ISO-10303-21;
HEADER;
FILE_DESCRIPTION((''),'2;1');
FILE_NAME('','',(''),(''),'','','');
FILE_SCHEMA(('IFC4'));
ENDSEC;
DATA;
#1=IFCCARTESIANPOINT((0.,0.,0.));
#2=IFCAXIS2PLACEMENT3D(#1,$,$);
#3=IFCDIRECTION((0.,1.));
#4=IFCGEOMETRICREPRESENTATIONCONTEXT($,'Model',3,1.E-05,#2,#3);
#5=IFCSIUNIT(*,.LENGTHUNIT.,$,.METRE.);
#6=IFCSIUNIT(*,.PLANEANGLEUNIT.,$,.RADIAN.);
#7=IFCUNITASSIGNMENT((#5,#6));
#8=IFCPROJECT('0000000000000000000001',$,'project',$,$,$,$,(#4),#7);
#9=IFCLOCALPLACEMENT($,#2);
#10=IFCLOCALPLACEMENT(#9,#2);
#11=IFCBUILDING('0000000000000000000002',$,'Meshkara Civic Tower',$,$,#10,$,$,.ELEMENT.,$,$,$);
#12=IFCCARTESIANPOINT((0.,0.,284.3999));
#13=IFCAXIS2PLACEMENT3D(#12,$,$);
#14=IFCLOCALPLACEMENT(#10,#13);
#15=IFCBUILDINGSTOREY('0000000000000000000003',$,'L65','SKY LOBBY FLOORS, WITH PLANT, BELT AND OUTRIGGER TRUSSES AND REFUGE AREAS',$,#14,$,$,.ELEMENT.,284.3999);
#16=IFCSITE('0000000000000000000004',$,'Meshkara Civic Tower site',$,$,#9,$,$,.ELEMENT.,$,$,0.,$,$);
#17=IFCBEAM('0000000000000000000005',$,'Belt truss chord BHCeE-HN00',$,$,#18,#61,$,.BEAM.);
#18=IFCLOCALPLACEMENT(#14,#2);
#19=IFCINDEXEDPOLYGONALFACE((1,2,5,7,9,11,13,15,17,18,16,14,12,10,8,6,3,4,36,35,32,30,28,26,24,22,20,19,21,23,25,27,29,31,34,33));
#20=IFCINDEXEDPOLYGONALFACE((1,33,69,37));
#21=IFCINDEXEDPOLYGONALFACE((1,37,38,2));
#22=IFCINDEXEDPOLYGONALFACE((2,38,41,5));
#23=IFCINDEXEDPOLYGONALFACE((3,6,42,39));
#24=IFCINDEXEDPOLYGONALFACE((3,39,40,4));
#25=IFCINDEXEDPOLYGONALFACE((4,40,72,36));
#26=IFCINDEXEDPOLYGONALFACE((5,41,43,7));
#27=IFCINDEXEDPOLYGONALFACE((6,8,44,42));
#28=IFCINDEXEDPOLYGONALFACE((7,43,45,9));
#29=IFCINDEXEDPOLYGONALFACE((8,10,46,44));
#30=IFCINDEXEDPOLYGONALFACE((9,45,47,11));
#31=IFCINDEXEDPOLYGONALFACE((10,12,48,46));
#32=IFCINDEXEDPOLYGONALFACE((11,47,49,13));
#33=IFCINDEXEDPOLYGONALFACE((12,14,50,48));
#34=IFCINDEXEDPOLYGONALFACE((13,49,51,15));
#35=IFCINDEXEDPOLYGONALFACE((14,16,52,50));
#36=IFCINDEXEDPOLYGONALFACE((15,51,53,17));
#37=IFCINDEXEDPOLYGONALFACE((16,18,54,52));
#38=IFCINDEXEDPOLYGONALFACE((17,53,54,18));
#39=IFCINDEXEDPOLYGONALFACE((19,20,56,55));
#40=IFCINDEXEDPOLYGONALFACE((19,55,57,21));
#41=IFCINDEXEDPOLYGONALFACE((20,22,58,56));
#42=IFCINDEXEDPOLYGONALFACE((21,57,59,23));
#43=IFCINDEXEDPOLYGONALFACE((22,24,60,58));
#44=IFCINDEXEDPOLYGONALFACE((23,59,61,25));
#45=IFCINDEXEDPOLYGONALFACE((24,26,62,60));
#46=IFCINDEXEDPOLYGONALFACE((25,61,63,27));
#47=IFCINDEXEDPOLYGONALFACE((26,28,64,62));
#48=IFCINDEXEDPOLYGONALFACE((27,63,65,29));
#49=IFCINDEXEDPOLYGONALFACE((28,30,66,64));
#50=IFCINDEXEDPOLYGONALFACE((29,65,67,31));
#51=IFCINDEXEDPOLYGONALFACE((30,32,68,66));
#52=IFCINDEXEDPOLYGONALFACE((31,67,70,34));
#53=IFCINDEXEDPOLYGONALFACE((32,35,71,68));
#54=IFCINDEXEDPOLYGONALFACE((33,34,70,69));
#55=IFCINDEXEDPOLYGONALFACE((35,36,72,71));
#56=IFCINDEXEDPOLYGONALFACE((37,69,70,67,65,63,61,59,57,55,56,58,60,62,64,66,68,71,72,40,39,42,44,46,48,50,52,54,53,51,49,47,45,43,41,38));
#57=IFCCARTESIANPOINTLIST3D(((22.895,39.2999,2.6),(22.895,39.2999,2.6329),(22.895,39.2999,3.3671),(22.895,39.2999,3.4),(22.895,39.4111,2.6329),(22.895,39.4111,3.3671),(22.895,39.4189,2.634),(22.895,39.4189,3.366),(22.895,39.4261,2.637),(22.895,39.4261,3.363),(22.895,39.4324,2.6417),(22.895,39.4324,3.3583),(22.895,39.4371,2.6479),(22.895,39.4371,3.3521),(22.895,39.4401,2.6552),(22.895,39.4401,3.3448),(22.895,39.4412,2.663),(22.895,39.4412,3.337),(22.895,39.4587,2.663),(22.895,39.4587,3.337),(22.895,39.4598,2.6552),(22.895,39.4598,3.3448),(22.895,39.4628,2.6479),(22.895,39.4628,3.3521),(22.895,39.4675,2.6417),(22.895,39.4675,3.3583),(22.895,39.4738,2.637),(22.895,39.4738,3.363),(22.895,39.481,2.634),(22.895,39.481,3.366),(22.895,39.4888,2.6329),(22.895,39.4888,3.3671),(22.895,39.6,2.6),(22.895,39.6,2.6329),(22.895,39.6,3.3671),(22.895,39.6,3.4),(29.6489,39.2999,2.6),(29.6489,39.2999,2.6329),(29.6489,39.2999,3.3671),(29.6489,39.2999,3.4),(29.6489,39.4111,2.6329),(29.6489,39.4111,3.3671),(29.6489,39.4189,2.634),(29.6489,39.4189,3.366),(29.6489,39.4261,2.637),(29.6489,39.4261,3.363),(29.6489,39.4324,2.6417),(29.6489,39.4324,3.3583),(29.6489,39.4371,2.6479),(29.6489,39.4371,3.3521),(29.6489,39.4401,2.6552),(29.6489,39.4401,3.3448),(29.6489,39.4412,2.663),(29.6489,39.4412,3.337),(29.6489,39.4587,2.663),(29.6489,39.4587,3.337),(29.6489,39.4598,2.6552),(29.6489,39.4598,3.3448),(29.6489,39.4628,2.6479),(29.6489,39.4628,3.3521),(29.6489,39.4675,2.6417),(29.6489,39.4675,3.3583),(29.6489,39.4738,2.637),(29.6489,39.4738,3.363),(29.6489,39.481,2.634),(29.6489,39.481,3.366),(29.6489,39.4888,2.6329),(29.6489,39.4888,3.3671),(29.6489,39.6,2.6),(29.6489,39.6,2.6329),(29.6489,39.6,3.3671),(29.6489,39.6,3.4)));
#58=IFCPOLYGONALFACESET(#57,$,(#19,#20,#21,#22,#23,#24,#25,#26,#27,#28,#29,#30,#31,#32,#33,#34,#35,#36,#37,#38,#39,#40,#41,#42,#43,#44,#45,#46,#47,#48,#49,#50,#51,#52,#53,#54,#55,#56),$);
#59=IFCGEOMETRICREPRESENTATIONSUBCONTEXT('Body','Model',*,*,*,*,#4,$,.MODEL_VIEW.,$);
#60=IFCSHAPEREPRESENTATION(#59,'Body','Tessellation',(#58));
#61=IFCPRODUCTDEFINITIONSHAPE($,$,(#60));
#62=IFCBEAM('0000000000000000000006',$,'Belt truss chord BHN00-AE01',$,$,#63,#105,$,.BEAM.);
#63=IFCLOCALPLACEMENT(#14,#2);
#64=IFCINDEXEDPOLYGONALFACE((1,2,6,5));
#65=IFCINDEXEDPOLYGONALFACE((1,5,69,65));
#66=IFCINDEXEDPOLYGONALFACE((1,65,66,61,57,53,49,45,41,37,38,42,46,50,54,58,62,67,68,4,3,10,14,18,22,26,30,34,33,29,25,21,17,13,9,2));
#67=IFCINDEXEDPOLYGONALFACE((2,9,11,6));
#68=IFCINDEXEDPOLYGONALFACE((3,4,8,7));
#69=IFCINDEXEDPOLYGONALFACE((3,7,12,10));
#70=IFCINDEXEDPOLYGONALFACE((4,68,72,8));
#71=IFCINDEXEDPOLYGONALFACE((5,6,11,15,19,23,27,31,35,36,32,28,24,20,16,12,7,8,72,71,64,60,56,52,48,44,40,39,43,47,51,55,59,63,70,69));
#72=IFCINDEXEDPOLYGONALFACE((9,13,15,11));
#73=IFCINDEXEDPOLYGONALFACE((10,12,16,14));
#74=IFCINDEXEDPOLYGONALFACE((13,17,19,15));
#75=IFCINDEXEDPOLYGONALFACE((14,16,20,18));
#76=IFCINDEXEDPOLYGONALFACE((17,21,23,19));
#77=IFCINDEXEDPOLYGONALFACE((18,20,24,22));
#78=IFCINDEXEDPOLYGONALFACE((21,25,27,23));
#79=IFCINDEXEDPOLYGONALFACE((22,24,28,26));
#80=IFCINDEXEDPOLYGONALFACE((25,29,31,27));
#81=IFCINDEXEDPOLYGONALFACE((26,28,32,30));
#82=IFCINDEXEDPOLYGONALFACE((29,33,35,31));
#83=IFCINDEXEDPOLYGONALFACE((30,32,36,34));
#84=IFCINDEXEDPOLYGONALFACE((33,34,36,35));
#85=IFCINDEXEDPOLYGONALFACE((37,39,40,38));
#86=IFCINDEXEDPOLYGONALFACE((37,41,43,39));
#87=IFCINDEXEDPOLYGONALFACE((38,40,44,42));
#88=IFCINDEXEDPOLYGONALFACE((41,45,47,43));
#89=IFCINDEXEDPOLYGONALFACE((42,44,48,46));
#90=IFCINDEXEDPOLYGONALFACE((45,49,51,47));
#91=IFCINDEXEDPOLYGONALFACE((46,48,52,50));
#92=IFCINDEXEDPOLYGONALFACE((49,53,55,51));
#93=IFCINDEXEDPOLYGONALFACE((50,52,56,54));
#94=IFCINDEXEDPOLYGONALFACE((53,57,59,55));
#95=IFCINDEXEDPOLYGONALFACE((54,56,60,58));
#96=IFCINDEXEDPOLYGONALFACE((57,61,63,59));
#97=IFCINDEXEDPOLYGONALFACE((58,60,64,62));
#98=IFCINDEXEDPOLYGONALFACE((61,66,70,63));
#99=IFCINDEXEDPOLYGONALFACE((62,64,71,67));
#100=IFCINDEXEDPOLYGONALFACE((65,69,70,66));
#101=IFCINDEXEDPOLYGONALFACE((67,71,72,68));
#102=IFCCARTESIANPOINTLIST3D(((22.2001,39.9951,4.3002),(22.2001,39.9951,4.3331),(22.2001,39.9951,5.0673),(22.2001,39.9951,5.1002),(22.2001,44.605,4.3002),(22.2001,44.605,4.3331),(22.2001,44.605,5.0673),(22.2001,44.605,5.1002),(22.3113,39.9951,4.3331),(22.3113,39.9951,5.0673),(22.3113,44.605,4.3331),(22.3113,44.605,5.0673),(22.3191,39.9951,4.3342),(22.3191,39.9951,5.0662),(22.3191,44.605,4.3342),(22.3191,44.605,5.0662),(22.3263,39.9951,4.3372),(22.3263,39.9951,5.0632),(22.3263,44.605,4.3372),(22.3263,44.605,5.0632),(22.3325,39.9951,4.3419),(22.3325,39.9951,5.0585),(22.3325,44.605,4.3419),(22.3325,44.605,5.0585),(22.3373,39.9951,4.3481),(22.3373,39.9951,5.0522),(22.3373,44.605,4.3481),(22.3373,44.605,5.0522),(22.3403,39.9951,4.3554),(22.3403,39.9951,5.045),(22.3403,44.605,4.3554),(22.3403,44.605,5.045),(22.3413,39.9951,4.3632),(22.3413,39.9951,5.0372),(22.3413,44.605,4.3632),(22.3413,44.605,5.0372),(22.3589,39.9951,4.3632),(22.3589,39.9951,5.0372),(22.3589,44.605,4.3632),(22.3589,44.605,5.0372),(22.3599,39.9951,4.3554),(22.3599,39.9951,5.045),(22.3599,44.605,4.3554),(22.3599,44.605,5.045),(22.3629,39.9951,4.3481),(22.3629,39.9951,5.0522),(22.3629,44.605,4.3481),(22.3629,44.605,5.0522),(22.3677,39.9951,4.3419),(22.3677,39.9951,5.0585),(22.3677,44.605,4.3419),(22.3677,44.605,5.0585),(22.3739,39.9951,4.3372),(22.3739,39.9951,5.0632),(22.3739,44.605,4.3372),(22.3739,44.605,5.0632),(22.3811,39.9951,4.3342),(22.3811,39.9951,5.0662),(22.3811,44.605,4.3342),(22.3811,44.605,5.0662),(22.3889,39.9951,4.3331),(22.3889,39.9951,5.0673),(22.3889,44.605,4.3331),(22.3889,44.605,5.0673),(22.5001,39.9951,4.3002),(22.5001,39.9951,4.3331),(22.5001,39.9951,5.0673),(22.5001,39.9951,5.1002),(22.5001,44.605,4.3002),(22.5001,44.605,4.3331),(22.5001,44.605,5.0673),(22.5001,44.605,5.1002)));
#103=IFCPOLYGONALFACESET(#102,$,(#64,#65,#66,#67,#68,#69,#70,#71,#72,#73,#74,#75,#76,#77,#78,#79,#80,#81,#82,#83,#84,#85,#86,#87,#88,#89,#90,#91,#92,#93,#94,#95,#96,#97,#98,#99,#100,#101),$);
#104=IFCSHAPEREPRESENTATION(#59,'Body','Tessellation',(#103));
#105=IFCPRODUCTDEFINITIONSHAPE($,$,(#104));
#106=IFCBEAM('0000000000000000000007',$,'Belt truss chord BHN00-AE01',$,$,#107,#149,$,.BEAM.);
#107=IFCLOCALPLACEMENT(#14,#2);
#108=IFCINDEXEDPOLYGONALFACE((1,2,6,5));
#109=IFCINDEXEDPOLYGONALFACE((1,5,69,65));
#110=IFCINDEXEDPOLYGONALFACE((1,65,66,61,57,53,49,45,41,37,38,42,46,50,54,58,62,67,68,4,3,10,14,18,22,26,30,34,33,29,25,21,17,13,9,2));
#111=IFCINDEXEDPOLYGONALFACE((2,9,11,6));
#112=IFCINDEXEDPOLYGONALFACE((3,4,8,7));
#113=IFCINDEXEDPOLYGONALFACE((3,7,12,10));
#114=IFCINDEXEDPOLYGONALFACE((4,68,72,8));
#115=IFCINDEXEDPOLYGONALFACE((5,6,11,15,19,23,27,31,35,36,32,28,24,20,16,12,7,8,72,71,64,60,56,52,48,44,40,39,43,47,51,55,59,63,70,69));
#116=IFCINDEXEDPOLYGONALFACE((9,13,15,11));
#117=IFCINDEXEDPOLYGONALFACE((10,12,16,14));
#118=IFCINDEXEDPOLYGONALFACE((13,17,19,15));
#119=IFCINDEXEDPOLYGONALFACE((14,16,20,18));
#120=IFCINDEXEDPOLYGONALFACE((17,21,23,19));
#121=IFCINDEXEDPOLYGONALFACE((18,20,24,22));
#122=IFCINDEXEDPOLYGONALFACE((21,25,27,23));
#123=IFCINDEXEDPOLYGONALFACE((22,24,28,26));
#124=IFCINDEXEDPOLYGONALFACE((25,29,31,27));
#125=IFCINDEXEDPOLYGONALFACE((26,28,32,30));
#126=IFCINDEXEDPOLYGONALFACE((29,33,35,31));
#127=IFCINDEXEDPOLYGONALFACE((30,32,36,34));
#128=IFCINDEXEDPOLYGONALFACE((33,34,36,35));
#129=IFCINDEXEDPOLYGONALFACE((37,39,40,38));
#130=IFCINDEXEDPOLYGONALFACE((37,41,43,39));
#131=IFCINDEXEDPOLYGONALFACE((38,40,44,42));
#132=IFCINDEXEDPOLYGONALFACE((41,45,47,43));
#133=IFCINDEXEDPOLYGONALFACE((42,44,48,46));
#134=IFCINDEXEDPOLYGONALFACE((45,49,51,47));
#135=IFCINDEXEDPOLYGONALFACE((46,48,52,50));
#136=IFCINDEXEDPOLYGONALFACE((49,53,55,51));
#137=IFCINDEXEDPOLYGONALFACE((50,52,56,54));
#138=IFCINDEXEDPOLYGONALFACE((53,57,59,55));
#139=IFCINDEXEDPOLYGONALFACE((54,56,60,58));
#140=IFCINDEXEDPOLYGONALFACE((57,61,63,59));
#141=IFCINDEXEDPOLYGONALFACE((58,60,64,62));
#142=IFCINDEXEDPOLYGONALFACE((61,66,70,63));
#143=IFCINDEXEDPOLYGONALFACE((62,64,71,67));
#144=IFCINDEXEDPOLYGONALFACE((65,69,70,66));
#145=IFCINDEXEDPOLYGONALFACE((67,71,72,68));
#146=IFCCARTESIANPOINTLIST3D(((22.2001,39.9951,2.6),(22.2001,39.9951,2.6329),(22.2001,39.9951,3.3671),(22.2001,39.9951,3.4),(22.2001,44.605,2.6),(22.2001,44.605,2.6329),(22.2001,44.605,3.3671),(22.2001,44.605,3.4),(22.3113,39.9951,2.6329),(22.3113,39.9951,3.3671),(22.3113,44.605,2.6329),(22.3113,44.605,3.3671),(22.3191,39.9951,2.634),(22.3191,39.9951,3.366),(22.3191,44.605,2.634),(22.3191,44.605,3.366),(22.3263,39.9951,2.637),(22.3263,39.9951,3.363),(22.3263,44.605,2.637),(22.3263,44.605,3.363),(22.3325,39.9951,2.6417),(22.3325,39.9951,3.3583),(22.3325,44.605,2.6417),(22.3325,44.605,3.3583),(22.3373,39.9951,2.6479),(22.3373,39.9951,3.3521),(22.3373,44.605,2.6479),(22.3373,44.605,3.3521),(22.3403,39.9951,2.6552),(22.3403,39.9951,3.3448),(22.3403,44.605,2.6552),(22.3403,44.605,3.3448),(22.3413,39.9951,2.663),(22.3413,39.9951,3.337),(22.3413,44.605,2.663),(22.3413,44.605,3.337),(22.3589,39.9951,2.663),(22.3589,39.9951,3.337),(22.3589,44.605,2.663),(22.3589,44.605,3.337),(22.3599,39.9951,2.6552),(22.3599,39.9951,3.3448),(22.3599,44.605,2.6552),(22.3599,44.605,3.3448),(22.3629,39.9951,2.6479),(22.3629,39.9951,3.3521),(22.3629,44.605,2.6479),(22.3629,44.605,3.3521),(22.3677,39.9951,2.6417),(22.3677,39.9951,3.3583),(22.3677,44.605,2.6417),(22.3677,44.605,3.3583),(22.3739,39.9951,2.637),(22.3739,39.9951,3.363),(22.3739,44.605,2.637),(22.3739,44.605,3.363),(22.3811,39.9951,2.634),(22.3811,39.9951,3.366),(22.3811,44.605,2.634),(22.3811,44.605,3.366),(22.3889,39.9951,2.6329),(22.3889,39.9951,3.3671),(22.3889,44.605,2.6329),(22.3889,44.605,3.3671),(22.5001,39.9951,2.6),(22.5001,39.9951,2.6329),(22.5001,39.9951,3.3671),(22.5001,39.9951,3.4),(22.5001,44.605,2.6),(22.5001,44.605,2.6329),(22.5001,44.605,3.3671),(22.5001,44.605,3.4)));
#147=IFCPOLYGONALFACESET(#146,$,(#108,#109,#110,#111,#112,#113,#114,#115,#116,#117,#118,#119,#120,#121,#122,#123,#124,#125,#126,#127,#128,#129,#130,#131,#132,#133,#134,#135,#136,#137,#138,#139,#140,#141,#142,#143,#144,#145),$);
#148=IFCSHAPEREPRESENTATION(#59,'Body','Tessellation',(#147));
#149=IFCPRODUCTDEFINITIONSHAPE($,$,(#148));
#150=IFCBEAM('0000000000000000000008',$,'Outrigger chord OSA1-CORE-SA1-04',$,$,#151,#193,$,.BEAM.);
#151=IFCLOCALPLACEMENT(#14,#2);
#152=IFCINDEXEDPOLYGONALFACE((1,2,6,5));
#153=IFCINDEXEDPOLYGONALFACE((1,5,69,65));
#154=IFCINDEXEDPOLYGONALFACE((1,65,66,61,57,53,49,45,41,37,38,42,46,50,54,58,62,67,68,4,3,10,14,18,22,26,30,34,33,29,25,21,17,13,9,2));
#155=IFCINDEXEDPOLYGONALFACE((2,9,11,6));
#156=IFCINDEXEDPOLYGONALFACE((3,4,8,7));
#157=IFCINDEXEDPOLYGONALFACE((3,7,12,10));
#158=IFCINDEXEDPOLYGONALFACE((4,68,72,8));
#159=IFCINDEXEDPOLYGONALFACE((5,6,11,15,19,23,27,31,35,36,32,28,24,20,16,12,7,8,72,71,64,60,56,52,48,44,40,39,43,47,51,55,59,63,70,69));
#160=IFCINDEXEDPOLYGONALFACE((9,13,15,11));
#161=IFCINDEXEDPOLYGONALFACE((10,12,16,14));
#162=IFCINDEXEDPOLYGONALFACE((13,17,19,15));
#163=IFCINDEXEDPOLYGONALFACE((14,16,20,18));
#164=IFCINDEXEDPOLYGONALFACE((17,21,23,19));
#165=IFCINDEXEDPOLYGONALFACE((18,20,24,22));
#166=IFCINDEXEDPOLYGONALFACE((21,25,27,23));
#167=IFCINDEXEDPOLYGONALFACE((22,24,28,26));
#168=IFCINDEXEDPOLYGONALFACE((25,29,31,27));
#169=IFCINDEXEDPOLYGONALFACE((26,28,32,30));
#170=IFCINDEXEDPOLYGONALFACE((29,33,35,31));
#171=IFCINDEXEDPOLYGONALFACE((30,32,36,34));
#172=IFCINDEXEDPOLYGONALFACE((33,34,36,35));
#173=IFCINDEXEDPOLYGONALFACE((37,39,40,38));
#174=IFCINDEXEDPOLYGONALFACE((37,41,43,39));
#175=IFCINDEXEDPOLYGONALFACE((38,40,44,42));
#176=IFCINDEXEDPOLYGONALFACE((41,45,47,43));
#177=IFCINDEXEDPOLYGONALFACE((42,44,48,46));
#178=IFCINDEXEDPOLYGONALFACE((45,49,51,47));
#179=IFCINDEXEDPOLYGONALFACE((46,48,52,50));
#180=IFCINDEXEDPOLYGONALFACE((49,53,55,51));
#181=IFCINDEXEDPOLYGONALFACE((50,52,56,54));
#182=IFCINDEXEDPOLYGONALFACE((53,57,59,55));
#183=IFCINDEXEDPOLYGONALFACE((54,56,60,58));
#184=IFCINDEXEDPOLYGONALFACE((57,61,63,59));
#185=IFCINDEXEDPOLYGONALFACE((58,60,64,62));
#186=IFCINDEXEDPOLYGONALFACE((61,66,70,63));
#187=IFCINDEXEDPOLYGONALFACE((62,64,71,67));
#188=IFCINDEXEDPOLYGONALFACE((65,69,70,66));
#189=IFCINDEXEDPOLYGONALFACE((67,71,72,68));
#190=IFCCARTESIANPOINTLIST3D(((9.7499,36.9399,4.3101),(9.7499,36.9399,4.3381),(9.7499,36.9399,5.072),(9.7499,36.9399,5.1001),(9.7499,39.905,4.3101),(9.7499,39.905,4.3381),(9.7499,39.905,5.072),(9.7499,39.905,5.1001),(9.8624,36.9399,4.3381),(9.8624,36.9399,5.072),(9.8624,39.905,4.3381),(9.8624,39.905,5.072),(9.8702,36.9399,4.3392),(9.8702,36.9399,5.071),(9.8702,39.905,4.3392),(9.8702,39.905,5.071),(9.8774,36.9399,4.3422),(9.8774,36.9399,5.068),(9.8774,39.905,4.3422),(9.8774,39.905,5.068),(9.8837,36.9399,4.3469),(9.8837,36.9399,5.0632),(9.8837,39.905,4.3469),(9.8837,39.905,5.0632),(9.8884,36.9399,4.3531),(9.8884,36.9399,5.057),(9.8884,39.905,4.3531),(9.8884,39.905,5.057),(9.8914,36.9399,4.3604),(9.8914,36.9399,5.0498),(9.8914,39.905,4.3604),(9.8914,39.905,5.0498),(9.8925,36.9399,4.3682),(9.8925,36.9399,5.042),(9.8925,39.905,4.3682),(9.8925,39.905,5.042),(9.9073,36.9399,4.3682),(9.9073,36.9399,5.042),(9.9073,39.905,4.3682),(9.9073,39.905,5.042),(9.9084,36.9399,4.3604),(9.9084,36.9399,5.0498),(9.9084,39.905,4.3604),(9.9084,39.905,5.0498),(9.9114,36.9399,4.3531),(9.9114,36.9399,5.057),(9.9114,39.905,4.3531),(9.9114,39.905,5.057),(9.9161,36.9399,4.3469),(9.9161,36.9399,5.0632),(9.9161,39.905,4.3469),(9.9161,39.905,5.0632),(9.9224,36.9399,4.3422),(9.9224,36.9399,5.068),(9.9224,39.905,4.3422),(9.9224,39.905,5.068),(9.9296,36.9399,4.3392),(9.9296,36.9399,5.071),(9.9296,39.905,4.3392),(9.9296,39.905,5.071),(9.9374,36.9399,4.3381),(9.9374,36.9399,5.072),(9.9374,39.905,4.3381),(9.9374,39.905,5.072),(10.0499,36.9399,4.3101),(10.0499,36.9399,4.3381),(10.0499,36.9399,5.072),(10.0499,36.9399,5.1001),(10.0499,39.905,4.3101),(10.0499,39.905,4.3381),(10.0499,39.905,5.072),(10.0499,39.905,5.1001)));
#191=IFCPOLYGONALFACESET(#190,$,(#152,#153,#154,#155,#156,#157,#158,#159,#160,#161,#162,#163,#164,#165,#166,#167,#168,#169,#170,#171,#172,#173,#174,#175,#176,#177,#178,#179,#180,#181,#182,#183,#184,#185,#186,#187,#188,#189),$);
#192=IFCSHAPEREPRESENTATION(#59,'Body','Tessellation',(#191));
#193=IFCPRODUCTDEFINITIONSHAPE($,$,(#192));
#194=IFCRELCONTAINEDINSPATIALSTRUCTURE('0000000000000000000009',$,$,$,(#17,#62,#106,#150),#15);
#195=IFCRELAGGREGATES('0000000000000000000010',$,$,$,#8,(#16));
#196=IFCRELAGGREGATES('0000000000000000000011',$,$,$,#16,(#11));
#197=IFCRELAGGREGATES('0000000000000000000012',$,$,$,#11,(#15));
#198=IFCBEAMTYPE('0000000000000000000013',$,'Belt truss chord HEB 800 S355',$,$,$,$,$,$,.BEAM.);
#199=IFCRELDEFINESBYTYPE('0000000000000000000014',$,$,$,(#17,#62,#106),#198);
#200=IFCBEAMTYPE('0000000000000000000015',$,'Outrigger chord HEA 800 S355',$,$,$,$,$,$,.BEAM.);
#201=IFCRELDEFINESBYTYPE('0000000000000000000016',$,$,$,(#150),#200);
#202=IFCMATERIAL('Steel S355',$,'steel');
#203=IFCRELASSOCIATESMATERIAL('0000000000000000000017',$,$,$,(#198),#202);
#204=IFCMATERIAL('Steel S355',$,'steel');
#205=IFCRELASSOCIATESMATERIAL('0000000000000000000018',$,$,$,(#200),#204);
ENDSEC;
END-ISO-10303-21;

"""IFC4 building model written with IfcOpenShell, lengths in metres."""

from ifc_helpers import new_model, si_unit, direction, frame, origin, origin_2d, place, context, subcontext, project, spatial, i_section, extrude, material, material_profile, profile_set, type_object, element, save


model = new_model("IFC4")

# Units and contexts
model_context = context("Model", 3, precision=1e-05, world=origin(), true_north=direction((0.0, 1.0)))
body_context = subcontext(model_context, "Body", "Model", "MODEL_VIEW")
ifc_project = project(units=[si_unit("LENGTHUNIT", "METRE"), si_unit("PLANEANGLEUNIT", "RADIAN")], contexts=[model_context])

# Site, building, storey
site_placement = place(None, origin())
site = spatial("IfcSite", under=ifc_project, at=site_placement, Name="Meshkara Civic Tower site", CompositionType="ELEMENT", RefElevation=0.0)
building_placement = place(site_placement, origin())
building = spatial("IfcBuilding", under=site, at=building_placement, Name="Meshkara Civic Tower", CompositionType="ELEMENT")
storey_placement = place(building_placement, frame((0.0, 0.0, 284.3999)))
storey = spatial("IfcBuildingStorey", under=building, at=storey_placement, Name="L65", Description="SKY LOBBY FLOORS, WITH PLANT, BELT AND OUTRIGGER TRUSSES AND REFUGE AREAS", CompositionType="ELEMENT", Elevation=284.3999)

# Beams
ifc_material_1 = material(Name="Steel S355", Category="steel")
ifc_material_profile_1 = material_profile(ifc_material_1, i_section(OverallWidth=0.3, OverallDepth=0.8, WebThickness=0.0176, FlangeThickness=0.033, FilletRadius=0.03, at=origin_2d()))
ifc_profile_set_1 = profile_set([ifc_material_profile_1], Name="Steel S355")
beam_type_1 = type_object("IfcBeamType", Name="Belt truss chord HEB 800 S355", PredefinedType="BEAM", material=ifc_profile_set_1)
for number, where, z_axis, x_axis, name in (
    (1, (29.6489, 39.45, 3.0), (-1.0, 0.0, 0.0), (0.0, -1.0, 0.0), "Belt truss chord BHCeE-HN00"),
):
    element("IfcBeam", number, at=place(storey_placement, frame(where, z_axis=z_axis, x_axis=x_axis)), inside=storey, type_object=beam_type_1, Name=name, PredefinedType="BEAM", context=body_context, shape_type="SweptSolid", body=[
        extrude(i_section(OverallWidth=0.3, OverallDepth=0.8, WebThickness=0.0176, FlangeThickness=0.033, FilletRadius=0.03, at=origin_2d()), origin(), (0.0, 0.0, 1.0), 6.7539),
    ])
for number, where, z_axis, x_axis, name in (
    (2, (22.3501, 39.9951, 4.7002), (0.0, 1.0, 0.0), (-1.0, 0.0, 0.0), "Belt truss chord BHN00-AE01"),
    (3, (22.3501, 39.9951, 3.0), (0.0, 1.0, 0.0), (-1.0, 0.0, 0.0), "Belt truss chord BHN00-AE01"),
):
    element("IfcBeam", number, at=place(storey_placement, frame(where, z_axis=z_axis, x_axis=x_axis)), inside=storey, type_object=beam_type_1, Name=name, PredefinedType="BEAM", context=body_context, shape_type="SweptSolid", body=[
        extrude(i_section(OverallWidth=0.3, OverallDepth=0.8, WebThickness=0.0176, FlangeThickness=0.033, FilletRadius=0.03, at=origin_2d()), origin(), (0.0, 0.0, 1.0), 4.6099),
    ])
ifc_material_2 = material(Name="Steel S355", Category="steel")
ifc_material_profile_2 = material_profile(ifc_material_2, i_section(OverallWidth=0.3, OverallDepth=0.79, WebThickness=0.0149, FlangeThickness=0.0281, FilletRadius=0.03, at=origin_2d()))
ifc_profile_set_2 = profile_set([ifc_material_profile_2], Name="Steel S355")
beam_type_2 = type_object("IfcBeamType", Name="Outrigger chord HEA 800 S355", PredefinedType="BEAM", material=ifc_profile_set_2)
for number, where, z_axis, x_axis, name in (
    (4, (9.8999, 36.9399, 4.7051), (0.0, 1.0, 0.0), (-1.0, 0.0, 0.0), "Outrigger chord OSA1-CORE-SA1-04"),
):
    element("IfcBeam", number, at=place(storey_placement, frame(where, z_axis=z_axis, x_axis=x_axis)), inside=storey, type_object=beam_type_2, Name=name, PredefinedType="BEAM", context=body_context, shape_type="SweptSolid", body=[
        extrude(i_section(OverallWidth=0.3, OverallDepth=0.79, WebThickness=0.0149, FlangeThickness=0.0281, FilletRadius=0.03, at=origin_2d()), origin(), (0.0, 0.0, 1.0), 2.9651),
    ])

save(model, "model.ifc")
